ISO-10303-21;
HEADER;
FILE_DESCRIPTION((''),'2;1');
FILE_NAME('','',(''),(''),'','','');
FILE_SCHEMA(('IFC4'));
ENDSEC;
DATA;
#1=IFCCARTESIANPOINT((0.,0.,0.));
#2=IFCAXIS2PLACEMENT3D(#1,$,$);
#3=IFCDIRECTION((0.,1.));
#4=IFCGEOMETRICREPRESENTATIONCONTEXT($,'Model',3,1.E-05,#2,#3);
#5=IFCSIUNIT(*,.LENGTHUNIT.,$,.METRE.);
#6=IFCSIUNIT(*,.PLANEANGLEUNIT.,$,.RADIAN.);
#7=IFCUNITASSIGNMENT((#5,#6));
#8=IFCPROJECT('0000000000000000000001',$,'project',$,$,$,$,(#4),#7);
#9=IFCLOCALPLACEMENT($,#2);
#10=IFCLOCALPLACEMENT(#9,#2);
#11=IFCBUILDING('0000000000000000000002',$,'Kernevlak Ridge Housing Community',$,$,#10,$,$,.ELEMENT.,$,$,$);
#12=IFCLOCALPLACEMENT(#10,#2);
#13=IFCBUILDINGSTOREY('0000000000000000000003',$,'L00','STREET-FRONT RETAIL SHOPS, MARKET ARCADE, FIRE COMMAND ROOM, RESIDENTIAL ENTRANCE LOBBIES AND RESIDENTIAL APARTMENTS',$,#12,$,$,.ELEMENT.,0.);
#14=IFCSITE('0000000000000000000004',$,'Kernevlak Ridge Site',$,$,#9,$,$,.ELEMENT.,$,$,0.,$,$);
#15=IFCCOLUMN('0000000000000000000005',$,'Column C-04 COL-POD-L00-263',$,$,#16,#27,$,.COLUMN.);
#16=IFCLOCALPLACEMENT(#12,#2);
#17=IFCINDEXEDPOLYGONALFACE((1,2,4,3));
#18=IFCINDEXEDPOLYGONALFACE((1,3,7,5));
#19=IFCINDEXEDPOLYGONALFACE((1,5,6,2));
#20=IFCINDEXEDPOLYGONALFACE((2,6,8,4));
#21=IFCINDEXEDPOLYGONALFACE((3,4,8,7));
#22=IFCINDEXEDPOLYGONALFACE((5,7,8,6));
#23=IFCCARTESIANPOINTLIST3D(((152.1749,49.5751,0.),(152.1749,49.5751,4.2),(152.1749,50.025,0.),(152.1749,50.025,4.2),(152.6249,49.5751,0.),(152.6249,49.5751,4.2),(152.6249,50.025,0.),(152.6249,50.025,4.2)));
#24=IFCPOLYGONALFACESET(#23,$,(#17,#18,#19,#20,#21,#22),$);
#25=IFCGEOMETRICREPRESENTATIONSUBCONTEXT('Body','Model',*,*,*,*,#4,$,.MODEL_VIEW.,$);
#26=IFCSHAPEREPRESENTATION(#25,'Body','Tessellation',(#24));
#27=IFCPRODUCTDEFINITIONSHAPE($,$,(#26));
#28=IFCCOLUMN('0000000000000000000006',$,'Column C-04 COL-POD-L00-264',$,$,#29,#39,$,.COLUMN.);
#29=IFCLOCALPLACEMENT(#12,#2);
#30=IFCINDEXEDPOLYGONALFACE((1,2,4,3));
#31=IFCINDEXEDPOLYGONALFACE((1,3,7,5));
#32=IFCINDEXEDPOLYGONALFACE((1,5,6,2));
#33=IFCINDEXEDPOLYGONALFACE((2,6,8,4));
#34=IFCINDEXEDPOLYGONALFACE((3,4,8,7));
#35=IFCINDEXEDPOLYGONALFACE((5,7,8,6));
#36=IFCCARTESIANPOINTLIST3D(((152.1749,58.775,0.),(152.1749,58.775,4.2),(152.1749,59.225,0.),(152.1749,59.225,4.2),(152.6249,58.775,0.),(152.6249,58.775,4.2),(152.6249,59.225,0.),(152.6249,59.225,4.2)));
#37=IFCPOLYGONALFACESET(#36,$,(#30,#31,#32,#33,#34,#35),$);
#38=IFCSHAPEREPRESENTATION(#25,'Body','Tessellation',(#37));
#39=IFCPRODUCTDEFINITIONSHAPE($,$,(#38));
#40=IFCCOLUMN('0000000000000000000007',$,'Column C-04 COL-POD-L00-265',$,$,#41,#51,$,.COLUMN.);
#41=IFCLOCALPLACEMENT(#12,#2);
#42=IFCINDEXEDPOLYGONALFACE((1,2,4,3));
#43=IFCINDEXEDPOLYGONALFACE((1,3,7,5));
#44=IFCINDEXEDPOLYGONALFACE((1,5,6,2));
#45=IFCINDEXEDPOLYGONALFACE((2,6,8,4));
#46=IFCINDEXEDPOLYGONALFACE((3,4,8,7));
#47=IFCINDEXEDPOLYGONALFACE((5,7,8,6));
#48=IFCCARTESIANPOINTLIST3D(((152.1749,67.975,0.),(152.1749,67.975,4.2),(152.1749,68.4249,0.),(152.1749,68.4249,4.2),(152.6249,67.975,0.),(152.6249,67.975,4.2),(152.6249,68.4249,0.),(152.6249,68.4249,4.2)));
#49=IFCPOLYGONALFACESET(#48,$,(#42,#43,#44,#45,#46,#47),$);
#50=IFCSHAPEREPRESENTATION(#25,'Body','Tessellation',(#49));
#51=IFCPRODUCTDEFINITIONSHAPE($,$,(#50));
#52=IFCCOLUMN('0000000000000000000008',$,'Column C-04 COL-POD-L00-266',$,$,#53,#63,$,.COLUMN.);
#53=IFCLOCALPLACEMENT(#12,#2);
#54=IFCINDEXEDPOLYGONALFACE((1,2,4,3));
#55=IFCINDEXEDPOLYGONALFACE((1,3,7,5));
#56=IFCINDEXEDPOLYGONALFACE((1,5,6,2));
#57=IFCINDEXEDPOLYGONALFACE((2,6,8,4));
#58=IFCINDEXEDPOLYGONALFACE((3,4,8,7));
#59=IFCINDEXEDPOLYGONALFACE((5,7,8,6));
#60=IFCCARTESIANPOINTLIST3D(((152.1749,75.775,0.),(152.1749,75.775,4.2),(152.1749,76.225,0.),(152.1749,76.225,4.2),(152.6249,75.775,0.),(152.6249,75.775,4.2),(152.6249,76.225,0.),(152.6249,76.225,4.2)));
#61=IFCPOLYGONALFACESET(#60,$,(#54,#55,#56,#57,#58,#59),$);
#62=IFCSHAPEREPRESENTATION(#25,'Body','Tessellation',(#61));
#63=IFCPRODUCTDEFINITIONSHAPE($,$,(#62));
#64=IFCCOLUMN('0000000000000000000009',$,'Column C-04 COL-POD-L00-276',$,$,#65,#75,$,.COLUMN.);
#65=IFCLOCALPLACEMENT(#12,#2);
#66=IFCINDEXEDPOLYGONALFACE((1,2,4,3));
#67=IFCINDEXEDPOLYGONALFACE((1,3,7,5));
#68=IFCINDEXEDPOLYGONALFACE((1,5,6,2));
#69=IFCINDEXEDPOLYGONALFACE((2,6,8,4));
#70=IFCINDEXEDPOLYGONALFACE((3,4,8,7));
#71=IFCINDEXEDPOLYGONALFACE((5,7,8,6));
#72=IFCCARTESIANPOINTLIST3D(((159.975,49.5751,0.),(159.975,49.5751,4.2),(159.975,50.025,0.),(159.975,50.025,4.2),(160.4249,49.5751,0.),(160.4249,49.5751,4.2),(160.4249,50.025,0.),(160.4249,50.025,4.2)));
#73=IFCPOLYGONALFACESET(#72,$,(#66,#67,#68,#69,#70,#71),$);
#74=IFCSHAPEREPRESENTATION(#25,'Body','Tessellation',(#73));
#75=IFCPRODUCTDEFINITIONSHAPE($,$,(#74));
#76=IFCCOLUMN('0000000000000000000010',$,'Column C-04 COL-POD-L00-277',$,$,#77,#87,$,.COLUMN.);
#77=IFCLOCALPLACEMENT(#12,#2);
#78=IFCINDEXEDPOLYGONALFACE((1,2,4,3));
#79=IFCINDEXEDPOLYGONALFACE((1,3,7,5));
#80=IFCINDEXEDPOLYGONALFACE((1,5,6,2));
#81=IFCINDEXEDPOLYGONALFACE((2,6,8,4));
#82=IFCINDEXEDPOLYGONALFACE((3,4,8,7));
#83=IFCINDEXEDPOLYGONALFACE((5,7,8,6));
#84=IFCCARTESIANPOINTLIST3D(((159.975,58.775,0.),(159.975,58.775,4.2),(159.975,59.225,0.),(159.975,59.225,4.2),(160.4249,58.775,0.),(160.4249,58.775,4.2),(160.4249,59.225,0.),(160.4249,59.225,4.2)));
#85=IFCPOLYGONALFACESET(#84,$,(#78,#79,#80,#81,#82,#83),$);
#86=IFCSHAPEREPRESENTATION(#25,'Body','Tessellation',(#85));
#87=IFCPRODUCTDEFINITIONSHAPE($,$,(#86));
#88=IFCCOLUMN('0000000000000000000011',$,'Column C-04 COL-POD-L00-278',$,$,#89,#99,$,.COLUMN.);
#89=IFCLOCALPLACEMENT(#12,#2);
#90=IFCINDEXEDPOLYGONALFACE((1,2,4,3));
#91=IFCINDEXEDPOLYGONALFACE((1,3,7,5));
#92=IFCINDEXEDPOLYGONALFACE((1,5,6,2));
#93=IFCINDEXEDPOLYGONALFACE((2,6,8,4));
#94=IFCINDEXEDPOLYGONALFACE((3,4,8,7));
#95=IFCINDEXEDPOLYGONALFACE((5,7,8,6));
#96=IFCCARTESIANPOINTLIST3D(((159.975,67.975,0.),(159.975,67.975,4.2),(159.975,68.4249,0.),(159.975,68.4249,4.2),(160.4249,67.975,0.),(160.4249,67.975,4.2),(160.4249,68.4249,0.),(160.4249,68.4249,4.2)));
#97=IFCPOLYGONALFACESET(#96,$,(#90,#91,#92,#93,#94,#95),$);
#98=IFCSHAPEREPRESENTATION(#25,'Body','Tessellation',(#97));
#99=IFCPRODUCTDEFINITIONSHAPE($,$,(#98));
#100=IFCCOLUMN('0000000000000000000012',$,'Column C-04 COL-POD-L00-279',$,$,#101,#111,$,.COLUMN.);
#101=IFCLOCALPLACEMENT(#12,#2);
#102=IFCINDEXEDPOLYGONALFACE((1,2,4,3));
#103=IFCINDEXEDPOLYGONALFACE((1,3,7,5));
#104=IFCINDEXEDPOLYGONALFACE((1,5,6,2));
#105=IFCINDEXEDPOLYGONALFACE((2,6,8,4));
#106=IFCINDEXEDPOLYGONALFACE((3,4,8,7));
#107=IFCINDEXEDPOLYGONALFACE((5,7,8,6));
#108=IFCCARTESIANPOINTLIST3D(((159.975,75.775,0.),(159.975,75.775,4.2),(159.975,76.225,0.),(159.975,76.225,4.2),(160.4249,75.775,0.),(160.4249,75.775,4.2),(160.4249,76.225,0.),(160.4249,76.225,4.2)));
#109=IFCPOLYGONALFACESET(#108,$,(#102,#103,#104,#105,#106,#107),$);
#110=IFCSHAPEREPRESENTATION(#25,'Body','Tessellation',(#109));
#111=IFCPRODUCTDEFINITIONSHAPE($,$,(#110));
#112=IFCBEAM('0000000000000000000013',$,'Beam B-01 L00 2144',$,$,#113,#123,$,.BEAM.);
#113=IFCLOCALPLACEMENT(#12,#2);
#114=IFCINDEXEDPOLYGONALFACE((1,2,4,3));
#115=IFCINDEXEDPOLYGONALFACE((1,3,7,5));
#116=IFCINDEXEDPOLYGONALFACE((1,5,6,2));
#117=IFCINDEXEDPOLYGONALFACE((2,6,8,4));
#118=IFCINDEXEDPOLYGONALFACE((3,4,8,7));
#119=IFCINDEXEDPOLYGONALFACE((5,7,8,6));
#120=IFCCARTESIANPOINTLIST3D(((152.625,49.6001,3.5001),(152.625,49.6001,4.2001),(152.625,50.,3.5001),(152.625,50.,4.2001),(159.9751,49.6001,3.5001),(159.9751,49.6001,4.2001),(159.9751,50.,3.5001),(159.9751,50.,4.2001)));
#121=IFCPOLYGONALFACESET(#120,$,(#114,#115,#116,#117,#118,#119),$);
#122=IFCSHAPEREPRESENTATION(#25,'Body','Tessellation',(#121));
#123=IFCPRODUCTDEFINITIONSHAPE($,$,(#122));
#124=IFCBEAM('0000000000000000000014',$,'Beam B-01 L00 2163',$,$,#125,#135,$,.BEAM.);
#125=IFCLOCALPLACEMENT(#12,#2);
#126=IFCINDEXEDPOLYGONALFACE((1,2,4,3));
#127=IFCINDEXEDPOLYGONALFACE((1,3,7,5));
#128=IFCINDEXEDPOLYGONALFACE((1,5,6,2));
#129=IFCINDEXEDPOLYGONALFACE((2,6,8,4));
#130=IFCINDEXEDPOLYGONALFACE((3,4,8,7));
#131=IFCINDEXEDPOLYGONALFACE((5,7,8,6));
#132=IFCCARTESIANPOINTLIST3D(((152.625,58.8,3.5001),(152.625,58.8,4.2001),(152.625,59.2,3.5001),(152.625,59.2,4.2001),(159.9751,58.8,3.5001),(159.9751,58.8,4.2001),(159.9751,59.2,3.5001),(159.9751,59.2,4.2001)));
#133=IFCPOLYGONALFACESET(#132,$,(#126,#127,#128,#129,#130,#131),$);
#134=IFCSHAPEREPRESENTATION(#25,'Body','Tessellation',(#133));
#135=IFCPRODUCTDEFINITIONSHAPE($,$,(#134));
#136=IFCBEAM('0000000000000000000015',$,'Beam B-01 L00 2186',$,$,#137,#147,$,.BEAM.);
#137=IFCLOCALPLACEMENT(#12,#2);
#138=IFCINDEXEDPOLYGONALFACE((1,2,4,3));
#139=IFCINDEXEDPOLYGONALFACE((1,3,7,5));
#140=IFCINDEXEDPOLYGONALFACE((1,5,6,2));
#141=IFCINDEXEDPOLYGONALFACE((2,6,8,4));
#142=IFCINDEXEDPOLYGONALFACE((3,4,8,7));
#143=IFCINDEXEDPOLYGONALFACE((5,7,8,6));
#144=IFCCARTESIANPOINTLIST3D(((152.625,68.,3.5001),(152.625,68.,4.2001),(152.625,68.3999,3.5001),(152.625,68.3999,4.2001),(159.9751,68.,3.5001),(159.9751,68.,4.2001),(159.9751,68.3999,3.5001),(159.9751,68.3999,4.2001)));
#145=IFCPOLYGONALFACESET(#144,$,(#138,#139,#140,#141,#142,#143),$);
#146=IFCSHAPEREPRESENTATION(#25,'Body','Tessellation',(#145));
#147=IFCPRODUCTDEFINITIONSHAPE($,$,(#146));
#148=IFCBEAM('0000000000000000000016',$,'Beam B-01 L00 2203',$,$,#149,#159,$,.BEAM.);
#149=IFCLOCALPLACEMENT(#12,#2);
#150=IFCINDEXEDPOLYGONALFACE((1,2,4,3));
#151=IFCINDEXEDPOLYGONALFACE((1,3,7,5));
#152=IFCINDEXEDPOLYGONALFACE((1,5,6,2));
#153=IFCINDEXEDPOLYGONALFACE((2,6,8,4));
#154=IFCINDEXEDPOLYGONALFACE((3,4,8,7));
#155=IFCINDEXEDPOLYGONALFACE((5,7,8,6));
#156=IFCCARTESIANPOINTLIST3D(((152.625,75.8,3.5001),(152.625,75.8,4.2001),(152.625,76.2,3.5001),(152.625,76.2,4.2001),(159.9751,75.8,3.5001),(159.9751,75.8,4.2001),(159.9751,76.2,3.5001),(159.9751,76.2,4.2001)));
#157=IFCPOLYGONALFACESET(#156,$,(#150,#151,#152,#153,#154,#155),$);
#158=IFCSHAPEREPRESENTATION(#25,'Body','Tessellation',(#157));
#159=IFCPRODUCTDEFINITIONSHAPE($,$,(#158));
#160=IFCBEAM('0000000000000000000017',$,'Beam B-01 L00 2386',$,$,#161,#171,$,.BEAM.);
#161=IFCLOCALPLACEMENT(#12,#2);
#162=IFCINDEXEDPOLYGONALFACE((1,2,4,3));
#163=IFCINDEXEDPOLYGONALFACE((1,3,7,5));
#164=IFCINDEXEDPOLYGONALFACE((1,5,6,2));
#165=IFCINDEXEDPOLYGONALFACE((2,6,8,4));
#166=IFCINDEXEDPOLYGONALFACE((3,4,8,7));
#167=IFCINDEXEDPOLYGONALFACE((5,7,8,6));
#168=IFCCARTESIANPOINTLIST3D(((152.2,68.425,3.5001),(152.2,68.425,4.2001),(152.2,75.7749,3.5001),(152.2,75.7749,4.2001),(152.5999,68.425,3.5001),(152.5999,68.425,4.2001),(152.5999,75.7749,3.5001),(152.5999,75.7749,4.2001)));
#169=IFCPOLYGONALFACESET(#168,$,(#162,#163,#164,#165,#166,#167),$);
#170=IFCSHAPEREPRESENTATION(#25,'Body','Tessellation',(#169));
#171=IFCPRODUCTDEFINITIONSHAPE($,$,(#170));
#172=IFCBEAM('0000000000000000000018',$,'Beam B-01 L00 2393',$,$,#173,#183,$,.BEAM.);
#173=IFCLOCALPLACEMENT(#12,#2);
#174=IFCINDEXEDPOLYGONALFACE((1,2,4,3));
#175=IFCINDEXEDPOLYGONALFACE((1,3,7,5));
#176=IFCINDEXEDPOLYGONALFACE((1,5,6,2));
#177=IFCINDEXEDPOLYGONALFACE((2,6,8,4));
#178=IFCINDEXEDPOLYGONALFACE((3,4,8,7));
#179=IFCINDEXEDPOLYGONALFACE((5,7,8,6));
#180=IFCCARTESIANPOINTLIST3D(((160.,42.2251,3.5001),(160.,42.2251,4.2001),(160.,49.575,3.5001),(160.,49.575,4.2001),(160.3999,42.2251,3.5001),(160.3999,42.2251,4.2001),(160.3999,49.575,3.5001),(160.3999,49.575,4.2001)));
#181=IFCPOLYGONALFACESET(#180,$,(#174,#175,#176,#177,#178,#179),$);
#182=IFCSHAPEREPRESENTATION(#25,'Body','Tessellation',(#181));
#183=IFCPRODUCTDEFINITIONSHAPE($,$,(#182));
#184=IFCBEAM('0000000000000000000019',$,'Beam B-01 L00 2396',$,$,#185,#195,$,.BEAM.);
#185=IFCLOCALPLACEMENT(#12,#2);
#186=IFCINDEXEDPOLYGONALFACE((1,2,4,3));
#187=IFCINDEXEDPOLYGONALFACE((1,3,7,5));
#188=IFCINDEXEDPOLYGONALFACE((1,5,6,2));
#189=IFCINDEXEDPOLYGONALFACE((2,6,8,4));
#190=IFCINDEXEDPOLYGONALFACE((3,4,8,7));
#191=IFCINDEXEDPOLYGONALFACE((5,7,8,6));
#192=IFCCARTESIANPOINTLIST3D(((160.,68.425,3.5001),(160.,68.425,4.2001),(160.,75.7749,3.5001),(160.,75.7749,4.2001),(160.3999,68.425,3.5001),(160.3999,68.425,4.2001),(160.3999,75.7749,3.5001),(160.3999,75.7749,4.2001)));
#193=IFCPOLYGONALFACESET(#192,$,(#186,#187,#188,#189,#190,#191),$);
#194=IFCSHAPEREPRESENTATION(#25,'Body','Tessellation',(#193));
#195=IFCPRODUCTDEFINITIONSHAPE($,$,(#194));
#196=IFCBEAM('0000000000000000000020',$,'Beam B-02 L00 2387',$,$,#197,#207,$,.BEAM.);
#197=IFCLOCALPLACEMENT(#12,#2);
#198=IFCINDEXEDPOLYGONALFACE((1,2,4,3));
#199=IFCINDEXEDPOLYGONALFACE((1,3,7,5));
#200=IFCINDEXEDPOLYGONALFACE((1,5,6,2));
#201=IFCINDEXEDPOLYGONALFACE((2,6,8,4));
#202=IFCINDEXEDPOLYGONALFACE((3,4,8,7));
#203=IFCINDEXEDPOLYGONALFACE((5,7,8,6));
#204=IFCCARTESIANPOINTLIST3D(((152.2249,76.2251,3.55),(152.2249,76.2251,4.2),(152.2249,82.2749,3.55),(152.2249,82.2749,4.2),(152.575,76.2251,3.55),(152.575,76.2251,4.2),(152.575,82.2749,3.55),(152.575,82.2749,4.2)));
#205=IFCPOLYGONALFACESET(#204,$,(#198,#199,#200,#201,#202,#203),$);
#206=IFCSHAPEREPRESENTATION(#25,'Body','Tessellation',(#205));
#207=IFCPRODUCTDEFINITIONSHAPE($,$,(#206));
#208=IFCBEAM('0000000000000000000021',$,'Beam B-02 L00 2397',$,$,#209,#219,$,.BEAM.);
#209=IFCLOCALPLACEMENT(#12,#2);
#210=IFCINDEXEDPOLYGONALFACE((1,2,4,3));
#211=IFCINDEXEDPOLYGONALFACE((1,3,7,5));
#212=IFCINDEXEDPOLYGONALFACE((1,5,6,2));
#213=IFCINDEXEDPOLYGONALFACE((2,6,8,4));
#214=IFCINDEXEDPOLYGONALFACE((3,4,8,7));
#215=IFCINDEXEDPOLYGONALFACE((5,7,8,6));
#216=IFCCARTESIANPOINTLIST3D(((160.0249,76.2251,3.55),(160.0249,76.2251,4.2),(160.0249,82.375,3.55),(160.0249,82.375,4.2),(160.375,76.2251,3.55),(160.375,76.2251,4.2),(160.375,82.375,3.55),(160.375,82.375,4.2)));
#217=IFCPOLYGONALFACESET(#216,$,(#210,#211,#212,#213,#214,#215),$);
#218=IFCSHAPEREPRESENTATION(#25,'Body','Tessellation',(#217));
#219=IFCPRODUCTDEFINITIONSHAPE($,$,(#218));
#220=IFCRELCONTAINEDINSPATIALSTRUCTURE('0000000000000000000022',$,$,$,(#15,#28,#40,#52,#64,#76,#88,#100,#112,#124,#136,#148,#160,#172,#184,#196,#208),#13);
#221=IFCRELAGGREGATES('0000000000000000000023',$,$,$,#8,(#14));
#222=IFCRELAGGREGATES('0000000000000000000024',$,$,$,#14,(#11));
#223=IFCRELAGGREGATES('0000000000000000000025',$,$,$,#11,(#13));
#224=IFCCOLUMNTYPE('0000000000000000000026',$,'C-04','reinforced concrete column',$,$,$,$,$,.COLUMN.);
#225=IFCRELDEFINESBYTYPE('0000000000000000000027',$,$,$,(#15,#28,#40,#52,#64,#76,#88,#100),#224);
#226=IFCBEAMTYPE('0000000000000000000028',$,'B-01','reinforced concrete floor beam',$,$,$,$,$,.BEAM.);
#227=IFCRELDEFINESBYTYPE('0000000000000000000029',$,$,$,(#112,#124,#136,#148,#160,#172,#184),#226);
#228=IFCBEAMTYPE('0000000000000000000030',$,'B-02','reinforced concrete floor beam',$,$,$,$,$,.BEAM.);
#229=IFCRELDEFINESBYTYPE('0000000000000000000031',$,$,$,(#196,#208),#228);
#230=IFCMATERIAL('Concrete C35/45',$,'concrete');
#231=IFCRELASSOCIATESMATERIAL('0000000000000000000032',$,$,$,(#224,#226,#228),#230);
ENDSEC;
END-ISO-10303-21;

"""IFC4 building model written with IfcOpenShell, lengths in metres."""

from ifc_helpers import new_model, si_unit, direction, frame, origin, origin_2d, place, context, subcontext, project, spatial, rectangle, extrude, material, material_profile, profile_set, type_object, element, save


model = new_model("IFC4")

# Units and contexts
model_context = context("Model", 3, precision=1e-05, world=origin(), true_north=direction((0.0, 1.0)))
body_context = subcontext(model_context, "Body", "Model", "MODEL_VIEW")
ifc_project = project(units=[si_unit("LENGTHUNIT", "METRE"), si_unit("PLANEANGLEUNIT", "RADIAN")], contexts=[model_context])

# Site, building, storey
site_placement = place(None, origin())
site = spatial("IfcSite", under=ifc_project, at=site_placement, Name="Kernevlak Ridge Site", CompositionType="ELEMENT", RefElevation=0.0)
building_placement = place(site_placement, origin())
building = spatial("IfcBuilding", under=site, at=building_placement, Name="Kernevlak Ridge Housing Community", CompositionType="ELEMENT")
storey_placement = place(building_placement, origin())
storey = spatial("IfcBuildingStorey", under=building, at=storey_placement, Name="L00", Description="STREET-FRONT RETAIL SHOPS, MARKET ARCADE, FIRE COMMAND ROOM, RESIDENTIAL ENTRANCE LOBBIES AND RESIDENTIAL APARTMENTS", CompositionType="ELEMENT", Elevation=0.0)

# Columns
ifc_material_1 = material(Name="Concrete C35/45", Category="concrete")
ifc_material_profile_1 = material_profile(ifc_material_1, rectangle(XDim=0.45, YDim=0.45, at=origin_2d()), Name="RC 450x450")
ifc_profile_set_1 = profile_set([ifc_material_profile_1], Name="Concrete C35/45")
column_type = type_object("IfcColumnType", Name="C-04", Description="reinforced concrete column", PredefinedType="COLUMN", material=ifc_profile_set_1)
for number, where, z_axis, x_axis, name in (
    (1, (152.3999, 49.8, 0.0), (0.0, 0.0, 1.0), (1.0, 0.0, 0.0), "Column C-04 COL-POD-L00-263"),
    (2, (152.3999, 59.0, 0.0), (0.0, 0.0, 1.0), (1.0, 0.0, 0.0), "Column C-04 COL-POD-L00-264"),
    (3, (152.3999, 68.2, 0.0), (0.0, 0.0, 1.0), (1.0, 0.0, 0.0), "Column C-04 COL-POD-L00-265"),
    (4, (152.3999, 76.0, 0.0), (0.0, 0.0, 1.0), (1.0, 0.0, 0.0), "Column C-04 COL-POD-L00-266"),
    (5, (160.2, 49.8, 0.0), (0.0, 0.0, 1.0), (1.0, 0.0, 0.0), "Column C-04 COL-POD-L00-276"),
    (6, (160.2, 59.0, 0.0), (0.0, 0.0, 1.0), (1.0, 0.0, 0.0), "Column C-04 COL-POD-L00-277"),
    (7, (160.2, 68.2, 0.0), (0.0, 0.0, 1.0), (1.0, 0.0, 0.0), "Column C-04 COL-POD-L00-278"),
    (8, (160.2, 76.0, 0.0), (0.0, 0.0, 1.0), (1.0, 0.0, 0.0), "Column C-04 COL-POD-L00-279"),
):
    element("IfcColumn", number, at=place(storey_placement, frame(where, z_axis=z_axis, x_axis=x_axis)), inside=storey, type_object=column_type, Name=name, PredefinedType="COLUMN", context=body_context, shape_type="SweptSolid", body=[
        extrude(rectangle(XDim=0.45, YDim=0.45, at=origin_2d()), origin(), (0.0, 0.0, 1.0), 4.2),
    ])

# Beams
ifc_material_profile_2 = material_profile(ifc_material_1, rectangle(XDim=0.3999, YDim=0.7, at=origin_2d()), Name="RC 400x700")
ifc_profile_set_2 = profile_set([ifc_material_profile_2], Name="Concrete C35/45")
beam_type_1 = type_object("IfcBeamType", Name="B-01", Description="reinforced concrete floor beam", PredefinedType="BEAM", material=ifc_profile_set_2)
for number, where, z_axis, x_axis, name in (
    (9, (152.625, 49.8, 3.8501), (1.0, 0.0, 0.0), (0.0, 1.0, 0.0), "Beam B-01 L00 2144"),
    (10, (152.625, 59.0, 3.8501), (1.0, 0.0, 0.0), (0.0, 1.0, 0.0), "Beam B-01 L00 2163"),
    (11, (152.625, 68.2, 3.8501), (1.0, 0.0, 0.0), (0.0, 1.0, 0.0), "Beam B-01 L00 2186"),
    (12, (152.625, 76.0, 3.8501), (1.0, 0.0, 0.0), (0.0, 1.0, 0.0), "Beam B-01 L00 2203"),
):
    element("IfcBeam", number, at=place(storey_placement, frame(where, z_axis=z_axis, x_axis=x_axis)), inside=storey, type_object=beam_type_1, Name=name, PredefinedType="BEAM", context=body_context, shape_type="SweptSolid", body=[
        extrude(rectangle(XDim=0.3999, YDim=0.7, at=origin_2d()), origin(), (0.0, 0.0, 1.0), 7.3501),
    ])
for number, where, z_axis, x_axis, name in (
    (13, (152.3999, 68.425, 3.8501), (0.0, 1.0, 0.0), (-1.0, 0.0, 0.0), "Beam B-01 L00 2386"),
    (14, (160.2, 42.2251, 3.8501), (0.0, 1.0, 0.0), (-1.0, 0.0, 0.0), "Beam B-01 L00 2393"),
    (15, (160.2, 68.425, 3.8501), (0.0, 1.0, 0.0), (-1.0, 0.0, 0.0), "Beam B-01 L00 2396"),
):
    element("IfcBeam", number, at=place(storey_placement, frame(where, z_axis=z_axis, x_axis=x_axis)), inside=storey, type_object=beam_type_1, Name=name, PredefinedType="BEAM", context=body_context, shape_type="SweptSolid", body=[
        extrude(rectangle(XDim=0.3999, YDim=0.7, at=origin_2d()), origin(), (0.0, 0.0, 1.0), 7.3499),
    ])
ifc_material_profile_3 = material_profile(ifc_material_1, rectangle(XDim=0.3501, YDim=0.6499, at=origin_2d()), Name="RC 350x650")
ifc_profile_set_3 = profile_set([ifc_material_profile_3], Name="Concrete C35/45")
beam_type_2 = type_object("IfcBeamType", Name="B-02", Description="reinforced concrete floor beam", PredefinedType="BEAM", material=ifc_profile_set_3)
beam_1_placement = place(storey_placement, frame((152.3999, 76.2251, 3.875), z_axis=(0.0, 1.0, 0.0), x_axis=(-1.0, 0.0, 0.0)))
element("IfcBeam", 16, at=beam_1_placement, inside=storey, type_object=beam_type_2, Name="Beam B-02 L00 2387", PredefinedType="BEAM", context=body_context, shape_type="SweptSolid", body=[
    extrude(rectangle(XDim=0.3501, YDim=0.6499, at=origin_2d()), origin(), (0.0, 0.0, 1.0), 6.0498),
])
beam_2_placement = place(storey_placement, frame((160.2, 76.2251, 3.875), z_axis=(0.0, 1.0, 0.0), x_axis=(-1.0, 0.0, 0.0)))
element("IfcBeam", 17, at=beam_2_placement, inside=storey, type_object=beam_type_2, Name="Beam B-02 L00 2397", PredefinedType="BEAM", context=body_context, shape_type="SweptSolid", body=[
    extrude(rectangle(XDim=0.3501, YDim=0.6499, at=origin_2d()), origin(), (0.0, 0.0, 1.0), 6.1499),
])

save(model, "model.ifc")
